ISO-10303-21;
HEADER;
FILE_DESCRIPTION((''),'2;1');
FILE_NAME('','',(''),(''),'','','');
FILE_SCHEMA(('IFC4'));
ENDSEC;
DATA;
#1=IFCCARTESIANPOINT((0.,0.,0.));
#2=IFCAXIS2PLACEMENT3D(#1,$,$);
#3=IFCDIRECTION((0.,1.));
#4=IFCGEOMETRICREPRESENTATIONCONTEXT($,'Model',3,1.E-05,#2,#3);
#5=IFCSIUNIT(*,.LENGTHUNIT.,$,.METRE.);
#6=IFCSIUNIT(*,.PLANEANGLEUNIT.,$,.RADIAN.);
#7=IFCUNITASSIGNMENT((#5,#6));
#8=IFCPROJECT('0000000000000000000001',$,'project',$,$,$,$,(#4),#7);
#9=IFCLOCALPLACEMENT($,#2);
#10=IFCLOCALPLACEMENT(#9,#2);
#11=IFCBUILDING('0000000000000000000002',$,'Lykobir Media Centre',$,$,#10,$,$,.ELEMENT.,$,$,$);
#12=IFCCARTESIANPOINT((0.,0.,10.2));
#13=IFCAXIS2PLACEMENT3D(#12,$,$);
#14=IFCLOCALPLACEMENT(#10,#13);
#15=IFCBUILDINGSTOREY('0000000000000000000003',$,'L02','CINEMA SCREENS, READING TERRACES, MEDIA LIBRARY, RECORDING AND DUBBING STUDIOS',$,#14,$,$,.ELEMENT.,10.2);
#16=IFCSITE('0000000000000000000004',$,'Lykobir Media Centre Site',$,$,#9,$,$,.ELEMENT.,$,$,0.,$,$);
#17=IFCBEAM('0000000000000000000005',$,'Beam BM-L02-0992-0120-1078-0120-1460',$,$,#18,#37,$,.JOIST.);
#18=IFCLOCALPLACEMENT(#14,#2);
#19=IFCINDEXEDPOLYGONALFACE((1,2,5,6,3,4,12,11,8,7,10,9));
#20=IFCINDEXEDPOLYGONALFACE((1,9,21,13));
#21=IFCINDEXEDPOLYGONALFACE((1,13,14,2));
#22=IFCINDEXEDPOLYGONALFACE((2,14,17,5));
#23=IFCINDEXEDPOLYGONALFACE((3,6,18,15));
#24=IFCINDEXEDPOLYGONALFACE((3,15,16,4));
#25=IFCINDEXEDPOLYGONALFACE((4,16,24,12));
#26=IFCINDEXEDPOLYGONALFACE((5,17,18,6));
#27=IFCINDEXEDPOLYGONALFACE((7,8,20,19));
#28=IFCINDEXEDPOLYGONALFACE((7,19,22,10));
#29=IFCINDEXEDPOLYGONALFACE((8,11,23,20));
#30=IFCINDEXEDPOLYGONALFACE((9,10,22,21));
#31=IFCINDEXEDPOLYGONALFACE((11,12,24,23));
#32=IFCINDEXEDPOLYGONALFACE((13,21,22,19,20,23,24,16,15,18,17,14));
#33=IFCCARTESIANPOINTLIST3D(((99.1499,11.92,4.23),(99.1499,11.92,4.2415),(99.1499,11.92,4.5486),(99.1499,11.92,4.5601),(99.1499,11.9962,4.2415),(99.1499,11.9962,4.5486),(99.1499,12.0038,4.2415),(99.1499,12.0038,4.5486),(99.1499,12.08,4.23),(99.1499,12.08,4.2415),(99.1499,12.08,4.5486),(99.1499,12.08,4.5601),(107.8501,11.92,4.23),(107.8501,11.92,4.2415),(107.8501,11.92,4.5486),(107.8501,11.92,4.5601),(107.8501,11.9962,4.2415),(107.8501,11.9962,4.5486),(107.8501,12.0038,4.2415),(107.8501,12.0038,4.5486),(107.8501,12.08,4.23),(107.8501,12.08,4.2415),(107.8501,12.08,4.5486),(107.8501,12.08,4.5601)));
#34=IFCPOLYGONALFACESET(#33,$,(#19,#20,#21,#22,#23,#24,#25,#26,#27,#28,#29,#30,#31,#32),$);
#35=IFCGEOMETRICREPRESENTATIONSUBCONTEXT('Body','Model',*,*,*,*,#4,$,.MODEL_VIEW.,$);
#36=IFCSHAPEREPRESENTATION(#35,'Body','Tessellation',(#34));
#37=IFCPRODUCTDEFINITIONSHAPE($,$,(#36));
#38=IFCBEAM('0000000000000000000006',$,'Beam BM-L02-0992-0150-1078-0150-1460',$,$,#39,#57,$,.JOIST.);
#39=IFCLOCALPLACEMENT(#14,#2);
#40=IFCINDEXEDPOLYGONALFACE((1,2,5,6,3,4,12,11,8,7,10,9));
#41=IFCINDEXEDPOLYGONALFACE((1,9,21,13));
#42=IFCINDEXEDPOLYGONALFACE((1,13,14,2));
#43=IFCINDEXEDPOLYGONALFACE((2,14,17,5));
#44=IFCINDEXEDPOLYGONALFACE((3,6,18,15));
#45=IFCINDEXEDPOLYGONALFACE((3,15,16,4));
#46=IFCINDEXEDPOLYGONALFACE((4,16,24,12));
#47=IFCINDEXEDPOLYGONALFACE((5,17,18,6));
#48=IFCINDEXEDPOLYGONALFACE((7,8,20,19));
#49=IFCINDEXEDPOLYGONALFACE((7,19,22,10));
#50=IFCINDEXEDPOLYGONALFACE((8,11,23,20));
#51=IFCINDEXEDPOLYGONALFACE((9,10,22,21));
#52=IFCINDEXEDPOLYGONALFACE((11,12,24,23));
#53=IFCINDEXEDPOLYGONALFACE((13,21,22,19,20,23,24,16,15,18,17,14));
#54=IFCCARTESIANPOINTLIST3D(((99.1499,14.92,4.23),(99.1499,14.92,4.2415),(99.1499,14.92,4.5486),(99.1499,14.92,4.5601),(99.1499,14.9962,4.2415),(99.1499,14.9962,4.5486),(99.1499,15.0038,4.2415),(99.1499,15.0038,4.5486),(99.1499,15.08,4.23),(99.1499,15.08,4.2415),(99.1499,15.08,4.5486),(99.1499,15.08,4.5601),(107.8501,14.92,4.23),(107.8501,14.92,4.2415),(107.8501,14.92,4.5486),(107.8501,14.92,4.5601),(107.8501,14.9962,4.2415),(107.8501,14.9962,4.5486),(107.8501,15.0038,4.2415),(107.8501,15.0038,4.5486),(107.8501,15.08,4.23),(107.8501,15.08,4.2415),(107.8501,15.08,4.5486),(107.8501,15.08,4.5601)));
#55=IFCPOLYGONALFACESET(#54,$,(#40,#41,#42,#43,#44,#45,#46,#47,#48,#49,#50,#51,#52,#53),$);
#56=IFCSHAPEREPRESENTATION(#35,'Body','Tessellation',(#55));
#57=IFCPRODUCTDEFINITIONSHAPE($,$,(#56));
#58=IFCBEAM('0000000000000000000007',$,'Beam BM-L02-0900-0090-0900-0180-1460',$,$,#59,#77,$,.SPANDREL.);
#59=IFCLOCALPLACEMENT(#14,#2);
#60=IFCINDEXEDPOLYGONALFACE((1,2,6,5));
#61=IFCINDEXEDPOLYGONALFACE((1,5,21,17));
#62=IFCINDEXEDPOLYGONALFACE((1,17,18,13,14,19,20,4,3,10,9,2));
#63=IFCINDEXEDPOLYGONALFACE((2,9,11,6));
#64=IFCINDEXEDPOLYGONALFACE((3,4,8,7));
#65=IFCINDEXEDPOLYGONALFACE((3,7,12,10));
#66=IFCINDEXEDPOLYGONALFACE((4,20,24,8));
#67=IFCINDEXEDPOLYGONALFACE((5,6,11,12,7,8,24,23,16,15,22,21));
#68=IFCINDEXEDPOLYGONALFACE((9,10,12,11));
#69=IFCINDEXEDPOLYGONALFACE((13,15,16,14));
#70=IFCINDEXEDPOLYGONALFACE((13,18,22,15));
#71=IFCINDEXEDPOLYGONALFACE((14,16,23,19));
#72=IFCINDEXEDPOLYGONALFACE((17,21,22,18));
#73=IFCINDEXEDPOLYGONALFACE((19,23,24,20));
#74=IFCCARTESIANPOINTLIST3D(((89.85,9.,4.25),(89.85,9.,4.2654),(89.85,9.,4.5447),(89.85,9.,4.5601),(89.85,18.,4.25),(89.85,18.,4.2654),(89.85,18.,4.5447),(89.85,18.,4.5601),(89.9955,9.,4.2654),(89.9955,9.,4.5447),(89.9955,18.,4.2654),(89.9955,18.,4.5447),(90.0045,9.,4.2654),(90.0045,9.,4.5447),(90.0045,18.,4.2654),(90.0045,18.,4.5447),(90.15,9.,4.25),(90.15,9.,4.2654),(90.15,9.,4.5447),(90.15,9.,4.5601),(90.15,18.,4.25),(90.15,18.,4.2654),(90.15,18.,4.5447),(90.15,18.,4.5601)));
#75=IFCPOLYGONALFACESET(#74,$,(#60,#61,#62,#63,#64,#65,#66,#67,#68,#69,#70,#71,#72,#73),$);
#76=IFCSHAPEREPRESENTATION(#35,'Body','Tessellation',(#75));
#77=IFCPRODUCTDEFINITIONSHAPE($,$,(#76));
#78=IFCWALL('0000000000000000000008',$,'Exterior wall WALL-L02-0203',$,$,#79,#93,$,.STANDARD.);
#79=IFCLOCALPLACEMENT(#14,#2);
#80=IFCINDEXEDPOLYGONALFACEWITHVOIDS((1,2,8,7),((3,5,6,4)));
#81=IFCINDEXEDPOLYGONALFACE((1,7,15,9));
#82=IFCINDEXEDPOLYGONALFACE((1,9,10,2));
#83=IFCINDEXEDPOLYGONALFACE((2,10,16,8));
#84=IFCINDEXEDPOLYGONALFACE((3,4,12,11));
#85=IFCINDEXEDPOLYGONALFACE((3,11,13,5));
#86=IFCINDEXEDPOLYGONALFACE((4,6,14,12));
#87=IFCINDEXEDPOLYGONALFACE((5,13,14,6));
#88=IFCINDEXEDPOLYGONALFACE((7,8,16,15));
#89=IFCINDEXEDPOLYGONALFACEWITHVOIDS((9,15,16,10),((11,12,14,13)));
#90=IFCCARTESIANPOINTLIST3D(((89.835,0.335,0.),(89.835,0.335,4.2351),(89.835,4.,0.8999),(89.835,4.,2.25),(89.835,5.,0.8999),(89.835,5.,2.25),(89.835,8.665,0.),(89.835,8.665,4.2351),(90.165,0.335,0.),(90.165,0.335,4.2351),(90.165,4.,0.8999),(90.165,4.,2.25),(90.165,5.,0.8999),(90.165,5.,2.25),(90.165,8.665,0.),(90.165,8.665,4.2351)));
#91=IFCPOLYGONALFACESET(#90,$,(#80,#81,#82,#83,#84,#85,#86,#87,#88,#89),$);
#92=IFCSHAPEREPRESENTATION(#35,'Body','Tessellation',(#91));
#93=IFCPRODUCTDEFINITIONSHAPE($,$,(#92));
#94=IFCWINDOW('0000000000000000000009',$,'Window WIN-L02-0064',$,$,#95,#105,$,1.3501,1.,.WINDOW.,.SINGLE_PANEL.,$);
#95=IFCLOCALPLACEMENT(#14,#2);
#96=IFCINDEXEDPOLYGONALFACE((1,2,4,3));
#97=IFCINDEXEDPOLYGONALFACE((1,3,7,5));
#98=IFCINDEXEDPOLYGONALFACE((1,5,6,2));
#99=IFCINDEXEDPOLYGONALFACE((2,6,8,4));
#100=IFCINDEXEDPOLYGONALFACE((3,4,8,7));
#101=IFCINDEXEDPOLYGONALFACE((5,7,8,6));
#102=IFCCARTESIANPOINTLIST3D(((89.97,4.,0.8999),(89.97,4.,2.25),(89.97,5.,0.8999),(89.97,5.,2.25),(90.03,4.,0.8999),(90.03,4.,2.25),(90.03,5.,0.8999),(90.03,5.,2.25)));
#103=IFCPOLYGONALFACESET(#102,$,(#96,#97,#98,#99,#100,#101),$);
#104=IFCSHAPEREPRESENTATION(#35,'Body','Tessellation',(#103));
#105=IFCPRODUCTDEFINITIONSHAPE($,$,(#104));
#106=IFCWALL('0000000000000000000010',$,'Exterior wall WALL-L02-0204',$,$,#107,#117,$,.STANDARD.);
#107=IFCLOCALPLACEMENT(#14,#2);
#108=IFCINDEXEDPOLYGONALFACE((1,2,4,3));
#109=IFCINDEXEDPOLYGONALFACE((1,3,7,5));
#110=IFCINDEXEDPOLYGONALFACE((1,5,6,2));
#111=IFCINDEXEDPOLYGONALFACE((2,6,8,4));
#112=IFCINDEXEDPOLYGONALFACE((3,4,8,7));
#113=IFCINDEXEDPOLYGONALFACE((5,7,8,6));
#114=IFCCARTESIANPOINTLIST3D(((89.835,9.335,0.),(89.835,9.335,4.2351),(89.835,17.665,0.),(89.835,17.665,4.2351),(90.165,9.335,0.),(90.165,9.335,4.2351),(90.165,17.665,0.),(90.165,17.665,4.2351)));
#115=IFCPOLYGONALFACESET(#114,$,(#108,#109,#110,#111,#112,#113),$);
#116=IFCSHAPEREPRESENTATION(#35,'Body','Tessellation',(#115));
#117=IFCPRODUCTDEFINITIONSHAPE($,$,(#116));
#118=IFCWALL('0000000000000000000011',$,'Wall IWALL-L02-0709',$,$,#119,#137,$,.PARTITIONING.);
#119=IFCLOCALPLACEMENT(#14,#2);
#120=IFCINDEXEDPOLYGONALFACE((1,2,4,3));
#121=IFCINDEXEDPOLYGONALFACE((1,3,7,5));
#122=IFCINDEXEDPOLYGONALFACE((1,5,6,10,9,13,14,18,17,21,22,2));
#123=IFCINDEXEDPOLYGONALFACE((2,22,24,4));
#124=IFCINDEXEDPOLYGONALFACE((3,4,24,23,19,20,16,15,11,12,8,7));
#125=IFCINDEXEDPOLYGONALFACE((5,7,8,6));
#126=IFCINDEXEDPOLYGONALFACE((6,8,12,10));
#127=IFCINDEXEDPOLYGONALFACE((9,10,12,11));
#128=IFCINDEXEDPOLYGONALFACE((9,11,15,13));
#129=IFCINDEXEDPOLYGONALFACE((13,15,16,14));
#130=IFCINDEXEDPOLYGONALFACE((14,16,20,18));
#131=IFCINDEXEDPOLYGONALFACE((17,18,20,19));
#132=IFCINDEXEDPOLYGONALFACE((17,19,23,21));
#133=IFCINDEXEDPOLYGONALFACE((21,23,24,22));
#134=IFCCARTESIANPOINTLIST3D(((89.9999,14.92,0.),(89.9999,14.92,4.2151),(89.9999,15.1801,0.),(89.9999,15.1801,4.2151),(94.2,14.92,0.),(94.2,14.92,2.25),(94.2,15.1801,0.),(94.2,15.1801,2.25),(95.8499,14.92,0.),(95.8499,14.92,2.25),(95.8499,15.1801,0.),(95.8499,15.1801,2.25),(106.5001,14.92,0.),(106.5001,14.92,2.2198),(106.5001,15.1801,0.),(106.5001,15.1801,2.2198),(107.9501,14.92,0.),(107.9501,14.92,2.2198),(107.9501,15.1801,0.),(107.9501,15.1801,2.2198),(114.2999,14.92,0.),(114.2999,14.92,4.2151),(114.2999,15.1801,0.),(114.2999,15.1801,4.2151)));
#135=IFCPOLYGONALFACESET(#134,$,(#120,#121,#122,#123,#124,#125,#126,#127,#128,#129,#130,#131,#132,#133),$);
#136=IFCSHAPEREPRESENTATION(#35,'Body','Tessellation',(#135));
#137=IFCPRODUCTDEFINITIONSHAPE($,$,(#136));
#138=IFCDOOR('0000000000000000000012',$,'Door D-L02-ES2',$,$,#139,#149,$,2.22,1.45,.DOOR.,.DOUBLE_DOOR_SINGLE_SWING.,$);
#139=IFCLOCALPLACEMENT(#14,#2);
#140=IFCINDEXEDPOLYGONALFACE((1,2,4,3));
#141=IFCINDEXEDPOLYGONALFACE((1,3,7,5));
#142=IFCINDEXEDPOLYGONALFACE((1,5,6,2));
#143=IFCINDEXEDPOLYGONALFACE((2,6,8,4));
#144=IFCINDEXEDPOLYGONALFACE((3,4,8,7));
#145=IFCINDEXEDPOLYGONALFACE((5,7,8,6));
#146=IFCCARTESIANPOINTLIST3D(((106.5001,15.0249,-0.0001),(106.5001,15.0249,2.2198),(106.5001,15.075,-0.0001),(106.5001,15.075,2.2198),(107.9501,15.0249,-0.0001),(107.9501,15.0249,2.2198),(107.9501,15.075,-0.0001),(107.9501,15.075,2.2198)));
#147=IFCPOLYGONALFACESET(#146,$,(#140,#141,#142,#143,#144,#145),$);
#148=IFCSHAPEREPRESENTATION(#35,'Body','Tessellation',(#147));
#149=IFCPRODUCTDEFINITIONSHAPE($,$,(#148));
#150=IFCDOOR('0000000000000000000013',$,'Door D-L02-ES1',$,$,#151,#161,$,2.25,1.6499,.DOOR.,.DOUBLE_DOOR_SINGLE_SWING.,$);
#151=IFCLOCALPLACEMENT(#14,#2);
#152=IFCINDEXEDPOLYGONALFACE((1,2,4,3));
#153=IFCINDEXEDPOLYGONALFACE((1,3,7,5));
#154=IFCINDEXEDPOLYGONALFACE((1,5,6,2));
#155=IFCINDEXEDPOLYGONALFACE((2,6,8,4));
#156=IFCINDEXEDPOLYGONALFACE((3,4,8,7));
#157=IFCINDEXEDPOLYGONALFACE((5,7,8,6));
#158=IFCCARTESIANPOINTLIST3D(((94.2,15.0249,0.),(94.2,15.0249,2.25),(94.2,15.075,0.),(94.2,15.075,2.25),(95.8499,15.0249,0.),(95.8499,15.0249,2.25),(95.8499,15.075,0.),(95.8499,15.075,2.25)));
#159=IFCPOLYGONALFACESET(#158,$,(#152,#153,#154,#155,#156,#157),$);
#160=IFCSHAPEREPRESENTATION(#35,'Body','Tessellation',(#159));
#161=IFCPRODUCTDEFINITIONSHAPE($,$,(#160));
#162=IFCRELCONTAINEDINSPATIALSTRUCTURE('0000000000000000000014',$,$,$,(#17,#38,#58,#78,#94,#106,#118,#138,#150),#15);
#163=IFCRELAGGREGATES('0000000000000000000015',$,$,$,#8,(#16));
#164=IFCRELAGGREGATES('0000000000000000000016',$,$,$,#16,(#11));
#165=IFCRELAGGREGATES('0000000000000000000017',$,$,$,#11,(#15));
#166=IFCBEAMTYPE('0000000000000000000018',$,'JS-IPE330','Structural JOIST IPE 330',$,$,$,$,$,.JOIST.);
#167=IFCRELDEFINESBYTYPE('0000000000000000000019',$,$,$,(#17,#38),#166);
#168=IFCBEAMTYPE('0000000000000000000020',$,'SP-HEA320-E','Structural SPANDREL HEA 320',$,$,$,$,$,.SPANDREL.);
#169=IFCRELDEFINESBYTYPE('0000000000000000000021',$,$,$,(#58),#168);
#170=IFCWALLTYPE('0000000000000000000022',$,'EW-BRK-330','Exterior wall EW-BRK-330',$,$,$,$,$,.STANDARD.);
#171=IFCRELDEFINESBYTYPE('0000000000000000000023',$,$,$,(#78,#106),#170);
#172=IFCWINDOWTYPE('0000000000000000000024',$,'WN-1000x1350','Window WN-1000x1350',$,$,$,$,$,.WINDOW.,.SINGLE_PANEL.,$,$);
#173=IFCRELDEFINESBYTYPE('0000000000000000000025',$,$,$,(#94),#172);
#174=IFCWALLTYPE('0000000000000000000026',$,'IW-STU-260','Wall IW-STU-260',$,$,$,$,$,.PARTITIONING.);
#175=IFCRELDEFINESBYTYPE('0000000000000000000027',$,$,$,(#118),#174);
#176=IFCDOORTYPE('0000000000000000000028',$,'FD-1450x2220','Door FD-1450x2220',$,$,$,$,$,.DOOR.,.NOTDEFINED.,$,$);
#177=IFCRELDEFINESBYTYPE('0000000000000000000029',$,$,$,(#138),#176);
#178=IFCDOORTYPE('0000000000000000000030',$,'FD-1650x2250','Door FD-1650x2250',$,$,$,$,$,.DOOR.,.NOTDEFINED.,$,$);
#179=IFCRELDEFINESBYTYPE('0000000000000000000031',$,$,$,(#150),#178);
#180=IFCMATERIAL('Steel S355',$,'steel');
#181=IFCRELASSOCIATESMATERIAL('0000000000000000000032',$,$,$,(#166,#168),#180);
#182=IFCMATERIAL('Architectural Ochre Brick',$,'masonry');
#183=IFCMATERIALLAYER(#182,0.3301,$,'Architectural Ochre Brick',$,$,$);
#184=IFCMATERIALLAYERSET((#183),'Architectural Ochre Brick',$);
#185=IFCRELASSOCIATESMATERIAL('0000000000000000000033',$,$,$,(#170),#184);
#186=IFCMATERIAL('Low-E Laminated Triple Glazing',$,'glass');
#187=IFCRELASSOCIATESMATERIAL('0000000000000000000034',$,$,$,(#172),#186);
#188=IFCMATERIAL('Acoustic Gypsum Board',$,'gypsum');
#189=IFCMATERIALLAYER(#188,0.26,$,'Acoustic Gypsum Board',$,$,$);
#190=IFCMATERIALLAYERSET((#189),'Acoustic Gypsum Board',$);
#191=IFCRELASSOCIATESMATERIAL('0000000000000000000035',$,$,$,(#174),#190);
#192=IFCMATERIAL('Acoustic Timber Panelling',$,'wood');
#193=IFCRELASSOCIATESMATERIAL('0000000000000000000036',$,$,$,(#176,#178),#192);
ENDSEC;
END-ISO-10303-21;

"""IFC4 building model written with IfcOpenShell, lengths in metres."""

from ifc_helpers import new_model, si_unit, direction, frame, frame_2d, origin, origin_2d, place, context, subcontext, project, spatial, rectangle, i_section, extrude, material, layer, layer_set, material_profile, profile_set, type_object, element, fill, save


model = new_model("IFC4")

# Units and contexts
model_context = context("Model", 3, precision=1e-05, world=origin(), true_north=direction((0.0, 1.0)))
body_context = subcontext(model_context, "Body", "Model", "MODEL_VIEW")
ifc_project = project(units=[si_unit("LENGTHUNIT", "METRE"), si_unit("PLANEANGLEUNIT", "RADIAN")], contexts=[model_context])

# Site, building, storey
site_placement = place(None, origin())
site = spatial("IfcSite", under=ifc_project, at=site_placement, Name="Lykobir Media Centre Site", CompositionType="ELEMENT", RefElevation=0.0)
building_placement = place(site_placement, origin())
building = spatial("IfcBuilding", under=site, at=building_placement, Name="Lykobir Media Centre", CompositionType="ELEMENT")
storey_placement = place(building_placement, frame((0.0, 0.0, 10.2)))
storey = spatial("IfcBuildingStorey", under=building, at=storey_placement, Name="L02", Description="CINEMA SCREENS, READING TERRACES, MEDIA LIBRARY, RECORDING AND DUBBING STUDIOS", CompositionType="ELEMENT", Elevation=10.2)

# Shared definitions
ifc_material_1 = material(Name="Steel S355", Category="steel")

# Beams
ifc_material_profile_1 = material_profile(ifc_material_1, i_section(OverallWidth=0.1599, OverallDepth=0.3301, WebThickness=0.0076, FlangeThickness=0.0115, at=origin_2d()), Name="IPE 330")
ifc_profile_set_1 = profile_set([ifc_material_profile_1], Name="Steel S355")
beam_type_1 = type_object("IfcBeamType", Name="JS-IPE330", Description="Structural JOIST IPE 330", PredefinedType="JOIST", material=ifc_profile_set_1)
for number, where, z_axis, x_axis, name in (
    (1, (99.1499, 12.0, 4.395), (1.0, 0.0, 0.0), (0.0, 1.0, 0.0), "Beam BM-L02-0992-0120-1078-0120-1460"),
    (2, (99.1499, 15.0, 4.395), (1.0, 0.0, 0.0), (0.0, 1.0, 0.0), "Beam BM-L02-0992-0150-1078-0150-1460"),
):
    element("IfcBeam", number, at=place(storey_placement, frame(where, z_axis=z_axis, x_axis=x_axis)), inside=storey, type_object=beam_type_1, Name=name, PredefinedType="JOIST", context=body_context, shape_type="SweptSolid", body=[
        extrude(i_section(OverallWidth=0.1599, OverallDepth=0.3301, WebThickness=0.0076, FlangeThickness=0.0115, at=origin_2d()), origin(), (0.0, 0.0, 1.0), 8.7002),
    ])
ifc_material_profile_2 = material_profile(ifc_material_1, i_section(OverallWidth=0.3, OverallDepth=0.3101, WebThickness=0.009, FlangeThickness=0.0154, at=origin_2d()), Name="HEA 320")
ifc_profile_set_2 = profile_set([ifc_material_profile_2], Name="Steel S355")
beam_type_2 = type_object("IfcBeamType", Name="SP-HEA320-E", Description="Structural SPANDREL HEA 320", PredefinedType="SPANDREL", material=ifc_profile_set_2)
beam_1_placement = place(storey_placement, frame((90.0, 9.0, 4.405), z_axis=(0.0, 1.0, 0.0), x_axis=(-1.0, 0.0, 0.0)))
element("IfcBeam", 3, at=beam_1_placement, inside=storey, type_object=beam_type_2, Name="Beam BM-L02-0900-0090-0900-0180-1460", PredefinedType="SPANDREL", context=body_context, shape_type="SweptSolid", body=[
    extrude(i_section(OverallWidth=0.3, OverallDepth=0.3101, WebThickness=0.009, FlangeThickness=0.0154, at=origin_2d()), origin(), (0.0, 0.0, 1.0), 9.0),
])

# Wall, opening, window
ifc_material_2 = material(Name="Architectural Ochre Brick", Category="masonry")
ifc_layer_1 = layer(ifc_material_2, 0.3301, Name="Architectural Ochre Brick")
ifc_layer_set_1 = layer_set([ifc_layer_1], Name="Architectural Ochre Brick")
wall_type_1 = type_object("IfcWallType", Name="EW-BRK-330", Description="Exterior wall EW-BRK-330", PredefinedType="STANDARD", material=ifc_layer_set_1)
wall_1_placement = place(storey_placement, frame((90.0, 8.665, 0.0), z_axis=(0.0, 0.0, 1.0), x_axis=(0.0, -1.0, 0.0)))
wall_1 = element("IfcWall", 4, at=wall_1_placement, inside=storey, type_object=wall_type_1, Name="Exterior wall WALL-L02-0203", PredefinedType="STANDARD", context=body_context, shape_type="SweptSolid", body=[
    extrude(rectangle(XDim=8.3301, YDim=0.3301, at=frame_2d((4.165, 0.0))), origin(), (0.0, 0.0, 1.0), 4.2351),
])
opening_1_placement = place(wall_1_placement, frame((3.665, 0.0, 0.8999)))
opening_1 = element("IfcOpeningElement", 5, at=opening_1_placement, cuts=wall_1, PredefinedType="OPENING", context=body_context, shape_type="SweptSolid", body=[
    extrude(rectangle(XDim=1.0, YDim=1.3501, at=frame_2d((0.5, 0.675))), frame((0.0, 0.175, 0.0), z_axis=(0.0, -1.0, 0.0), x_axis=(1.0, 0.0, 0.0)), (0.0, 0.0, 1.0), 0.3501),
])
ifc_material_3 = material(Name="Low-E Laminated Triple Glazing", Category="glass")
window_type = type_object("IfcWindowType", Name="WN-1000x1350", Description="Window WN-1000x1350", PartitioningType="SINGLE_PANEL", PredefinedType="WINDOW", material=ifc_material_3)
window_placement = place(opening_1_placement, origin())
window = element("IfcWindow", 6, at=window_placement, inside=storey, type_object=window_type, Name="Window WIN-L02-0064", OverallHeight=1.3501, OverallWidth=1.0, PartitioningType="SINGLE_PANEL", PredefinedType="WINDOW", context=body_context, shape_type="SweptSolid", body=[
    extrude(rectangle(XDim=1.0, YDim=1.3501, at=frame_2d((0.5, 0.675))), frame((0.0, 0.03, 0.0), z_axis=(0.0, -1.0, 0.0), x_axis=(1.0, 0.0, 0.0)), (0.0, 0.0, 1.0), 0.0601),
])
fill(opening_1, window)

# Wall
wall_2_placement = place(storey_placement, frame((90.0, 17.665, 0.0), z_axis=(0.0, 0.0, 1.0), x_axis=(0.0, -1.0, 0.0)))
element("IfcWall", 7, at=wall_2_placement, inside=storey, type_object=wall_type_1, Name="Exterior wall WALL-L02-0204", PredefinedType="STANDARD", context=body_context, shape_type="SweptSolid", body=[
    extrude(rectangle(XDim=8.3301, YDim=0.3301, at=frame_2d((4.165, 0.0))), origin(), (0.0, 0.0, 1.0), 4.2351),
])

# Wall, openings, doors
ifc_material_4 = material(Name="Acoustic Gypsum Board", Category="gypsum")
ifc_layer_2 = layer(ifc_material_4, 0.26, Name="Acoustic Gypsum Board")
ifc_layer_set_2 = layer_set([ifc_layer_2], Name="Acoustic Gypsum Board")
wall_type_2 = type_object("IfcWallType", Name="IW-STU-260", Description="Wall IW-STU-260", PredefinedType="PARTITIONING", material=ifc_layer_set_2)
wall_3_placement = place(storey_placement, frame((90.0, 15.05, 0.0), z_axis=(0.0, 0.0, 1.0), x_axis=(1.0, 0.0, 0.0)))
wall_3 = element("IfcWall", 8, at=wall_3_placement, inside=storey, type_object=wall_type_2, Name="Wall IWALL-L02-0709", PredefinedType="PARTITIONING", context=body_context, shape_type="SweptSolid", body=[
    extrude(rectangle(XDim=24.3, YDim=0.26, at=frame_2d((12.1499, 0.0))), origin(), (0.0, 0.0, 1.0), 4.2151),
])
opening_2_placement = place(wall_3_placement, frame((4.2, 0.0, 0.0)))
opening_2 = element("IfcOpeningElement", 9, at=opening_2_placement, cuts=wall_3, PredefinedType="OPENING", context=body_context, shape_type="SweptSolid", body=[
    extrude(rectangle(XDim=1.6499, YDim=2.25, at=frame_2d((0.825, 1.125))), frame((0.0, 0.1399, 0.0), z_axis=(0.0, -1.0, 0.0), x_axis=(1.0, 0.0, 0.0)), (0.0, 0.0, 1.0), 0.28),
])
opening_3_placement = place(wall_3_placement, frame((16.5, 0.0, 0.0)))
opening_3 = element("IfcOpeningElement", 10, at=opening_3_placement, cuts=wall_3, PredefinedType="OPENING", context=body_context, shape_type="SweptSolid", body=[
    extrude(rectangle(XDim=1.45, YDim=2.22, at=frame_2d((0.7251, 1.1099))), frame((0.0, 0.1399, 0.0), z_axis=(0.0, -1.0, 0.0), x_axis=(1.0, 0.0, 0.0)), (0.0, 0.0, 1.0), 0.28),
])
ifc_material_5 = material(Name="Acoustic Timber Panelling", Category="wood")
door_type_1 = type_object("IfcDoorType", Name="FD-1450x2220", Description="Door FD-1450x2220", OperationType="NOTDEFINED", PredefinedType="DOOR", material=ifc_material_5)
door_1_placement = place(opening_3_placement, origin())
door_1 = element("IfcDoor", 11, at=door_1_placement, inside=storey, type_object=door_type_1, Name="Door D-L02-ES2", OperationType="DOUBLE_DOOR_SINGLE_SWING", OverallHeight=2.22, OverallWidth=1.45, PredefinedType="DOOR", context=body_context, shape_type="SweptSolid", body=[
    extrude(rectangle(XDim=1.45, YDim=2.22, at=frame_2d((0.7251, 1.1099))), frame((0.0, 0.0249, 0.0), z_axis=(0.0, -1.0, 0.0), x_axis=(1.0, 0.0, 0.0)), (0.0, 0.0, 1.0), 0.05),
])
fill(opening_3, door_1)
door_type_2 = type_object("IfcDoorType", Name="FD-1650x2250", Description="Door FD-1650x2250", OperationType="NOTDEFINED", PredefinedType="DOOR", material=ifc_material_5)
door_2_placement = place(opening_2_placement, origin())
door_2 = element("IfcDoor", 12, at=door_2_placement, inside=storey, type_object=door_type_2, Name="Door D-L02-ES1", OperationType="DOUBLE_DOOR_SINGLE_SWING", OverallHeight=2.25, OverallWidth=1.6499, PredefinedType="DOOR", context=body_context, shape_type="SweptSolid", body=[
    extrude(rectangle(XDim=1.6499, YDim=2.25, at=frame_2d((0.825, 1.125))), frame((0.0, 0.0249, 0.0), z_axis=(0.0, -1.0, 0.0), x_axis=(1.0, 0.0, 0.0)), (0.0, 0.0, 1.0), 0.05),
])
fill(opening_2, door_2)

save(model, "model.ifc")
